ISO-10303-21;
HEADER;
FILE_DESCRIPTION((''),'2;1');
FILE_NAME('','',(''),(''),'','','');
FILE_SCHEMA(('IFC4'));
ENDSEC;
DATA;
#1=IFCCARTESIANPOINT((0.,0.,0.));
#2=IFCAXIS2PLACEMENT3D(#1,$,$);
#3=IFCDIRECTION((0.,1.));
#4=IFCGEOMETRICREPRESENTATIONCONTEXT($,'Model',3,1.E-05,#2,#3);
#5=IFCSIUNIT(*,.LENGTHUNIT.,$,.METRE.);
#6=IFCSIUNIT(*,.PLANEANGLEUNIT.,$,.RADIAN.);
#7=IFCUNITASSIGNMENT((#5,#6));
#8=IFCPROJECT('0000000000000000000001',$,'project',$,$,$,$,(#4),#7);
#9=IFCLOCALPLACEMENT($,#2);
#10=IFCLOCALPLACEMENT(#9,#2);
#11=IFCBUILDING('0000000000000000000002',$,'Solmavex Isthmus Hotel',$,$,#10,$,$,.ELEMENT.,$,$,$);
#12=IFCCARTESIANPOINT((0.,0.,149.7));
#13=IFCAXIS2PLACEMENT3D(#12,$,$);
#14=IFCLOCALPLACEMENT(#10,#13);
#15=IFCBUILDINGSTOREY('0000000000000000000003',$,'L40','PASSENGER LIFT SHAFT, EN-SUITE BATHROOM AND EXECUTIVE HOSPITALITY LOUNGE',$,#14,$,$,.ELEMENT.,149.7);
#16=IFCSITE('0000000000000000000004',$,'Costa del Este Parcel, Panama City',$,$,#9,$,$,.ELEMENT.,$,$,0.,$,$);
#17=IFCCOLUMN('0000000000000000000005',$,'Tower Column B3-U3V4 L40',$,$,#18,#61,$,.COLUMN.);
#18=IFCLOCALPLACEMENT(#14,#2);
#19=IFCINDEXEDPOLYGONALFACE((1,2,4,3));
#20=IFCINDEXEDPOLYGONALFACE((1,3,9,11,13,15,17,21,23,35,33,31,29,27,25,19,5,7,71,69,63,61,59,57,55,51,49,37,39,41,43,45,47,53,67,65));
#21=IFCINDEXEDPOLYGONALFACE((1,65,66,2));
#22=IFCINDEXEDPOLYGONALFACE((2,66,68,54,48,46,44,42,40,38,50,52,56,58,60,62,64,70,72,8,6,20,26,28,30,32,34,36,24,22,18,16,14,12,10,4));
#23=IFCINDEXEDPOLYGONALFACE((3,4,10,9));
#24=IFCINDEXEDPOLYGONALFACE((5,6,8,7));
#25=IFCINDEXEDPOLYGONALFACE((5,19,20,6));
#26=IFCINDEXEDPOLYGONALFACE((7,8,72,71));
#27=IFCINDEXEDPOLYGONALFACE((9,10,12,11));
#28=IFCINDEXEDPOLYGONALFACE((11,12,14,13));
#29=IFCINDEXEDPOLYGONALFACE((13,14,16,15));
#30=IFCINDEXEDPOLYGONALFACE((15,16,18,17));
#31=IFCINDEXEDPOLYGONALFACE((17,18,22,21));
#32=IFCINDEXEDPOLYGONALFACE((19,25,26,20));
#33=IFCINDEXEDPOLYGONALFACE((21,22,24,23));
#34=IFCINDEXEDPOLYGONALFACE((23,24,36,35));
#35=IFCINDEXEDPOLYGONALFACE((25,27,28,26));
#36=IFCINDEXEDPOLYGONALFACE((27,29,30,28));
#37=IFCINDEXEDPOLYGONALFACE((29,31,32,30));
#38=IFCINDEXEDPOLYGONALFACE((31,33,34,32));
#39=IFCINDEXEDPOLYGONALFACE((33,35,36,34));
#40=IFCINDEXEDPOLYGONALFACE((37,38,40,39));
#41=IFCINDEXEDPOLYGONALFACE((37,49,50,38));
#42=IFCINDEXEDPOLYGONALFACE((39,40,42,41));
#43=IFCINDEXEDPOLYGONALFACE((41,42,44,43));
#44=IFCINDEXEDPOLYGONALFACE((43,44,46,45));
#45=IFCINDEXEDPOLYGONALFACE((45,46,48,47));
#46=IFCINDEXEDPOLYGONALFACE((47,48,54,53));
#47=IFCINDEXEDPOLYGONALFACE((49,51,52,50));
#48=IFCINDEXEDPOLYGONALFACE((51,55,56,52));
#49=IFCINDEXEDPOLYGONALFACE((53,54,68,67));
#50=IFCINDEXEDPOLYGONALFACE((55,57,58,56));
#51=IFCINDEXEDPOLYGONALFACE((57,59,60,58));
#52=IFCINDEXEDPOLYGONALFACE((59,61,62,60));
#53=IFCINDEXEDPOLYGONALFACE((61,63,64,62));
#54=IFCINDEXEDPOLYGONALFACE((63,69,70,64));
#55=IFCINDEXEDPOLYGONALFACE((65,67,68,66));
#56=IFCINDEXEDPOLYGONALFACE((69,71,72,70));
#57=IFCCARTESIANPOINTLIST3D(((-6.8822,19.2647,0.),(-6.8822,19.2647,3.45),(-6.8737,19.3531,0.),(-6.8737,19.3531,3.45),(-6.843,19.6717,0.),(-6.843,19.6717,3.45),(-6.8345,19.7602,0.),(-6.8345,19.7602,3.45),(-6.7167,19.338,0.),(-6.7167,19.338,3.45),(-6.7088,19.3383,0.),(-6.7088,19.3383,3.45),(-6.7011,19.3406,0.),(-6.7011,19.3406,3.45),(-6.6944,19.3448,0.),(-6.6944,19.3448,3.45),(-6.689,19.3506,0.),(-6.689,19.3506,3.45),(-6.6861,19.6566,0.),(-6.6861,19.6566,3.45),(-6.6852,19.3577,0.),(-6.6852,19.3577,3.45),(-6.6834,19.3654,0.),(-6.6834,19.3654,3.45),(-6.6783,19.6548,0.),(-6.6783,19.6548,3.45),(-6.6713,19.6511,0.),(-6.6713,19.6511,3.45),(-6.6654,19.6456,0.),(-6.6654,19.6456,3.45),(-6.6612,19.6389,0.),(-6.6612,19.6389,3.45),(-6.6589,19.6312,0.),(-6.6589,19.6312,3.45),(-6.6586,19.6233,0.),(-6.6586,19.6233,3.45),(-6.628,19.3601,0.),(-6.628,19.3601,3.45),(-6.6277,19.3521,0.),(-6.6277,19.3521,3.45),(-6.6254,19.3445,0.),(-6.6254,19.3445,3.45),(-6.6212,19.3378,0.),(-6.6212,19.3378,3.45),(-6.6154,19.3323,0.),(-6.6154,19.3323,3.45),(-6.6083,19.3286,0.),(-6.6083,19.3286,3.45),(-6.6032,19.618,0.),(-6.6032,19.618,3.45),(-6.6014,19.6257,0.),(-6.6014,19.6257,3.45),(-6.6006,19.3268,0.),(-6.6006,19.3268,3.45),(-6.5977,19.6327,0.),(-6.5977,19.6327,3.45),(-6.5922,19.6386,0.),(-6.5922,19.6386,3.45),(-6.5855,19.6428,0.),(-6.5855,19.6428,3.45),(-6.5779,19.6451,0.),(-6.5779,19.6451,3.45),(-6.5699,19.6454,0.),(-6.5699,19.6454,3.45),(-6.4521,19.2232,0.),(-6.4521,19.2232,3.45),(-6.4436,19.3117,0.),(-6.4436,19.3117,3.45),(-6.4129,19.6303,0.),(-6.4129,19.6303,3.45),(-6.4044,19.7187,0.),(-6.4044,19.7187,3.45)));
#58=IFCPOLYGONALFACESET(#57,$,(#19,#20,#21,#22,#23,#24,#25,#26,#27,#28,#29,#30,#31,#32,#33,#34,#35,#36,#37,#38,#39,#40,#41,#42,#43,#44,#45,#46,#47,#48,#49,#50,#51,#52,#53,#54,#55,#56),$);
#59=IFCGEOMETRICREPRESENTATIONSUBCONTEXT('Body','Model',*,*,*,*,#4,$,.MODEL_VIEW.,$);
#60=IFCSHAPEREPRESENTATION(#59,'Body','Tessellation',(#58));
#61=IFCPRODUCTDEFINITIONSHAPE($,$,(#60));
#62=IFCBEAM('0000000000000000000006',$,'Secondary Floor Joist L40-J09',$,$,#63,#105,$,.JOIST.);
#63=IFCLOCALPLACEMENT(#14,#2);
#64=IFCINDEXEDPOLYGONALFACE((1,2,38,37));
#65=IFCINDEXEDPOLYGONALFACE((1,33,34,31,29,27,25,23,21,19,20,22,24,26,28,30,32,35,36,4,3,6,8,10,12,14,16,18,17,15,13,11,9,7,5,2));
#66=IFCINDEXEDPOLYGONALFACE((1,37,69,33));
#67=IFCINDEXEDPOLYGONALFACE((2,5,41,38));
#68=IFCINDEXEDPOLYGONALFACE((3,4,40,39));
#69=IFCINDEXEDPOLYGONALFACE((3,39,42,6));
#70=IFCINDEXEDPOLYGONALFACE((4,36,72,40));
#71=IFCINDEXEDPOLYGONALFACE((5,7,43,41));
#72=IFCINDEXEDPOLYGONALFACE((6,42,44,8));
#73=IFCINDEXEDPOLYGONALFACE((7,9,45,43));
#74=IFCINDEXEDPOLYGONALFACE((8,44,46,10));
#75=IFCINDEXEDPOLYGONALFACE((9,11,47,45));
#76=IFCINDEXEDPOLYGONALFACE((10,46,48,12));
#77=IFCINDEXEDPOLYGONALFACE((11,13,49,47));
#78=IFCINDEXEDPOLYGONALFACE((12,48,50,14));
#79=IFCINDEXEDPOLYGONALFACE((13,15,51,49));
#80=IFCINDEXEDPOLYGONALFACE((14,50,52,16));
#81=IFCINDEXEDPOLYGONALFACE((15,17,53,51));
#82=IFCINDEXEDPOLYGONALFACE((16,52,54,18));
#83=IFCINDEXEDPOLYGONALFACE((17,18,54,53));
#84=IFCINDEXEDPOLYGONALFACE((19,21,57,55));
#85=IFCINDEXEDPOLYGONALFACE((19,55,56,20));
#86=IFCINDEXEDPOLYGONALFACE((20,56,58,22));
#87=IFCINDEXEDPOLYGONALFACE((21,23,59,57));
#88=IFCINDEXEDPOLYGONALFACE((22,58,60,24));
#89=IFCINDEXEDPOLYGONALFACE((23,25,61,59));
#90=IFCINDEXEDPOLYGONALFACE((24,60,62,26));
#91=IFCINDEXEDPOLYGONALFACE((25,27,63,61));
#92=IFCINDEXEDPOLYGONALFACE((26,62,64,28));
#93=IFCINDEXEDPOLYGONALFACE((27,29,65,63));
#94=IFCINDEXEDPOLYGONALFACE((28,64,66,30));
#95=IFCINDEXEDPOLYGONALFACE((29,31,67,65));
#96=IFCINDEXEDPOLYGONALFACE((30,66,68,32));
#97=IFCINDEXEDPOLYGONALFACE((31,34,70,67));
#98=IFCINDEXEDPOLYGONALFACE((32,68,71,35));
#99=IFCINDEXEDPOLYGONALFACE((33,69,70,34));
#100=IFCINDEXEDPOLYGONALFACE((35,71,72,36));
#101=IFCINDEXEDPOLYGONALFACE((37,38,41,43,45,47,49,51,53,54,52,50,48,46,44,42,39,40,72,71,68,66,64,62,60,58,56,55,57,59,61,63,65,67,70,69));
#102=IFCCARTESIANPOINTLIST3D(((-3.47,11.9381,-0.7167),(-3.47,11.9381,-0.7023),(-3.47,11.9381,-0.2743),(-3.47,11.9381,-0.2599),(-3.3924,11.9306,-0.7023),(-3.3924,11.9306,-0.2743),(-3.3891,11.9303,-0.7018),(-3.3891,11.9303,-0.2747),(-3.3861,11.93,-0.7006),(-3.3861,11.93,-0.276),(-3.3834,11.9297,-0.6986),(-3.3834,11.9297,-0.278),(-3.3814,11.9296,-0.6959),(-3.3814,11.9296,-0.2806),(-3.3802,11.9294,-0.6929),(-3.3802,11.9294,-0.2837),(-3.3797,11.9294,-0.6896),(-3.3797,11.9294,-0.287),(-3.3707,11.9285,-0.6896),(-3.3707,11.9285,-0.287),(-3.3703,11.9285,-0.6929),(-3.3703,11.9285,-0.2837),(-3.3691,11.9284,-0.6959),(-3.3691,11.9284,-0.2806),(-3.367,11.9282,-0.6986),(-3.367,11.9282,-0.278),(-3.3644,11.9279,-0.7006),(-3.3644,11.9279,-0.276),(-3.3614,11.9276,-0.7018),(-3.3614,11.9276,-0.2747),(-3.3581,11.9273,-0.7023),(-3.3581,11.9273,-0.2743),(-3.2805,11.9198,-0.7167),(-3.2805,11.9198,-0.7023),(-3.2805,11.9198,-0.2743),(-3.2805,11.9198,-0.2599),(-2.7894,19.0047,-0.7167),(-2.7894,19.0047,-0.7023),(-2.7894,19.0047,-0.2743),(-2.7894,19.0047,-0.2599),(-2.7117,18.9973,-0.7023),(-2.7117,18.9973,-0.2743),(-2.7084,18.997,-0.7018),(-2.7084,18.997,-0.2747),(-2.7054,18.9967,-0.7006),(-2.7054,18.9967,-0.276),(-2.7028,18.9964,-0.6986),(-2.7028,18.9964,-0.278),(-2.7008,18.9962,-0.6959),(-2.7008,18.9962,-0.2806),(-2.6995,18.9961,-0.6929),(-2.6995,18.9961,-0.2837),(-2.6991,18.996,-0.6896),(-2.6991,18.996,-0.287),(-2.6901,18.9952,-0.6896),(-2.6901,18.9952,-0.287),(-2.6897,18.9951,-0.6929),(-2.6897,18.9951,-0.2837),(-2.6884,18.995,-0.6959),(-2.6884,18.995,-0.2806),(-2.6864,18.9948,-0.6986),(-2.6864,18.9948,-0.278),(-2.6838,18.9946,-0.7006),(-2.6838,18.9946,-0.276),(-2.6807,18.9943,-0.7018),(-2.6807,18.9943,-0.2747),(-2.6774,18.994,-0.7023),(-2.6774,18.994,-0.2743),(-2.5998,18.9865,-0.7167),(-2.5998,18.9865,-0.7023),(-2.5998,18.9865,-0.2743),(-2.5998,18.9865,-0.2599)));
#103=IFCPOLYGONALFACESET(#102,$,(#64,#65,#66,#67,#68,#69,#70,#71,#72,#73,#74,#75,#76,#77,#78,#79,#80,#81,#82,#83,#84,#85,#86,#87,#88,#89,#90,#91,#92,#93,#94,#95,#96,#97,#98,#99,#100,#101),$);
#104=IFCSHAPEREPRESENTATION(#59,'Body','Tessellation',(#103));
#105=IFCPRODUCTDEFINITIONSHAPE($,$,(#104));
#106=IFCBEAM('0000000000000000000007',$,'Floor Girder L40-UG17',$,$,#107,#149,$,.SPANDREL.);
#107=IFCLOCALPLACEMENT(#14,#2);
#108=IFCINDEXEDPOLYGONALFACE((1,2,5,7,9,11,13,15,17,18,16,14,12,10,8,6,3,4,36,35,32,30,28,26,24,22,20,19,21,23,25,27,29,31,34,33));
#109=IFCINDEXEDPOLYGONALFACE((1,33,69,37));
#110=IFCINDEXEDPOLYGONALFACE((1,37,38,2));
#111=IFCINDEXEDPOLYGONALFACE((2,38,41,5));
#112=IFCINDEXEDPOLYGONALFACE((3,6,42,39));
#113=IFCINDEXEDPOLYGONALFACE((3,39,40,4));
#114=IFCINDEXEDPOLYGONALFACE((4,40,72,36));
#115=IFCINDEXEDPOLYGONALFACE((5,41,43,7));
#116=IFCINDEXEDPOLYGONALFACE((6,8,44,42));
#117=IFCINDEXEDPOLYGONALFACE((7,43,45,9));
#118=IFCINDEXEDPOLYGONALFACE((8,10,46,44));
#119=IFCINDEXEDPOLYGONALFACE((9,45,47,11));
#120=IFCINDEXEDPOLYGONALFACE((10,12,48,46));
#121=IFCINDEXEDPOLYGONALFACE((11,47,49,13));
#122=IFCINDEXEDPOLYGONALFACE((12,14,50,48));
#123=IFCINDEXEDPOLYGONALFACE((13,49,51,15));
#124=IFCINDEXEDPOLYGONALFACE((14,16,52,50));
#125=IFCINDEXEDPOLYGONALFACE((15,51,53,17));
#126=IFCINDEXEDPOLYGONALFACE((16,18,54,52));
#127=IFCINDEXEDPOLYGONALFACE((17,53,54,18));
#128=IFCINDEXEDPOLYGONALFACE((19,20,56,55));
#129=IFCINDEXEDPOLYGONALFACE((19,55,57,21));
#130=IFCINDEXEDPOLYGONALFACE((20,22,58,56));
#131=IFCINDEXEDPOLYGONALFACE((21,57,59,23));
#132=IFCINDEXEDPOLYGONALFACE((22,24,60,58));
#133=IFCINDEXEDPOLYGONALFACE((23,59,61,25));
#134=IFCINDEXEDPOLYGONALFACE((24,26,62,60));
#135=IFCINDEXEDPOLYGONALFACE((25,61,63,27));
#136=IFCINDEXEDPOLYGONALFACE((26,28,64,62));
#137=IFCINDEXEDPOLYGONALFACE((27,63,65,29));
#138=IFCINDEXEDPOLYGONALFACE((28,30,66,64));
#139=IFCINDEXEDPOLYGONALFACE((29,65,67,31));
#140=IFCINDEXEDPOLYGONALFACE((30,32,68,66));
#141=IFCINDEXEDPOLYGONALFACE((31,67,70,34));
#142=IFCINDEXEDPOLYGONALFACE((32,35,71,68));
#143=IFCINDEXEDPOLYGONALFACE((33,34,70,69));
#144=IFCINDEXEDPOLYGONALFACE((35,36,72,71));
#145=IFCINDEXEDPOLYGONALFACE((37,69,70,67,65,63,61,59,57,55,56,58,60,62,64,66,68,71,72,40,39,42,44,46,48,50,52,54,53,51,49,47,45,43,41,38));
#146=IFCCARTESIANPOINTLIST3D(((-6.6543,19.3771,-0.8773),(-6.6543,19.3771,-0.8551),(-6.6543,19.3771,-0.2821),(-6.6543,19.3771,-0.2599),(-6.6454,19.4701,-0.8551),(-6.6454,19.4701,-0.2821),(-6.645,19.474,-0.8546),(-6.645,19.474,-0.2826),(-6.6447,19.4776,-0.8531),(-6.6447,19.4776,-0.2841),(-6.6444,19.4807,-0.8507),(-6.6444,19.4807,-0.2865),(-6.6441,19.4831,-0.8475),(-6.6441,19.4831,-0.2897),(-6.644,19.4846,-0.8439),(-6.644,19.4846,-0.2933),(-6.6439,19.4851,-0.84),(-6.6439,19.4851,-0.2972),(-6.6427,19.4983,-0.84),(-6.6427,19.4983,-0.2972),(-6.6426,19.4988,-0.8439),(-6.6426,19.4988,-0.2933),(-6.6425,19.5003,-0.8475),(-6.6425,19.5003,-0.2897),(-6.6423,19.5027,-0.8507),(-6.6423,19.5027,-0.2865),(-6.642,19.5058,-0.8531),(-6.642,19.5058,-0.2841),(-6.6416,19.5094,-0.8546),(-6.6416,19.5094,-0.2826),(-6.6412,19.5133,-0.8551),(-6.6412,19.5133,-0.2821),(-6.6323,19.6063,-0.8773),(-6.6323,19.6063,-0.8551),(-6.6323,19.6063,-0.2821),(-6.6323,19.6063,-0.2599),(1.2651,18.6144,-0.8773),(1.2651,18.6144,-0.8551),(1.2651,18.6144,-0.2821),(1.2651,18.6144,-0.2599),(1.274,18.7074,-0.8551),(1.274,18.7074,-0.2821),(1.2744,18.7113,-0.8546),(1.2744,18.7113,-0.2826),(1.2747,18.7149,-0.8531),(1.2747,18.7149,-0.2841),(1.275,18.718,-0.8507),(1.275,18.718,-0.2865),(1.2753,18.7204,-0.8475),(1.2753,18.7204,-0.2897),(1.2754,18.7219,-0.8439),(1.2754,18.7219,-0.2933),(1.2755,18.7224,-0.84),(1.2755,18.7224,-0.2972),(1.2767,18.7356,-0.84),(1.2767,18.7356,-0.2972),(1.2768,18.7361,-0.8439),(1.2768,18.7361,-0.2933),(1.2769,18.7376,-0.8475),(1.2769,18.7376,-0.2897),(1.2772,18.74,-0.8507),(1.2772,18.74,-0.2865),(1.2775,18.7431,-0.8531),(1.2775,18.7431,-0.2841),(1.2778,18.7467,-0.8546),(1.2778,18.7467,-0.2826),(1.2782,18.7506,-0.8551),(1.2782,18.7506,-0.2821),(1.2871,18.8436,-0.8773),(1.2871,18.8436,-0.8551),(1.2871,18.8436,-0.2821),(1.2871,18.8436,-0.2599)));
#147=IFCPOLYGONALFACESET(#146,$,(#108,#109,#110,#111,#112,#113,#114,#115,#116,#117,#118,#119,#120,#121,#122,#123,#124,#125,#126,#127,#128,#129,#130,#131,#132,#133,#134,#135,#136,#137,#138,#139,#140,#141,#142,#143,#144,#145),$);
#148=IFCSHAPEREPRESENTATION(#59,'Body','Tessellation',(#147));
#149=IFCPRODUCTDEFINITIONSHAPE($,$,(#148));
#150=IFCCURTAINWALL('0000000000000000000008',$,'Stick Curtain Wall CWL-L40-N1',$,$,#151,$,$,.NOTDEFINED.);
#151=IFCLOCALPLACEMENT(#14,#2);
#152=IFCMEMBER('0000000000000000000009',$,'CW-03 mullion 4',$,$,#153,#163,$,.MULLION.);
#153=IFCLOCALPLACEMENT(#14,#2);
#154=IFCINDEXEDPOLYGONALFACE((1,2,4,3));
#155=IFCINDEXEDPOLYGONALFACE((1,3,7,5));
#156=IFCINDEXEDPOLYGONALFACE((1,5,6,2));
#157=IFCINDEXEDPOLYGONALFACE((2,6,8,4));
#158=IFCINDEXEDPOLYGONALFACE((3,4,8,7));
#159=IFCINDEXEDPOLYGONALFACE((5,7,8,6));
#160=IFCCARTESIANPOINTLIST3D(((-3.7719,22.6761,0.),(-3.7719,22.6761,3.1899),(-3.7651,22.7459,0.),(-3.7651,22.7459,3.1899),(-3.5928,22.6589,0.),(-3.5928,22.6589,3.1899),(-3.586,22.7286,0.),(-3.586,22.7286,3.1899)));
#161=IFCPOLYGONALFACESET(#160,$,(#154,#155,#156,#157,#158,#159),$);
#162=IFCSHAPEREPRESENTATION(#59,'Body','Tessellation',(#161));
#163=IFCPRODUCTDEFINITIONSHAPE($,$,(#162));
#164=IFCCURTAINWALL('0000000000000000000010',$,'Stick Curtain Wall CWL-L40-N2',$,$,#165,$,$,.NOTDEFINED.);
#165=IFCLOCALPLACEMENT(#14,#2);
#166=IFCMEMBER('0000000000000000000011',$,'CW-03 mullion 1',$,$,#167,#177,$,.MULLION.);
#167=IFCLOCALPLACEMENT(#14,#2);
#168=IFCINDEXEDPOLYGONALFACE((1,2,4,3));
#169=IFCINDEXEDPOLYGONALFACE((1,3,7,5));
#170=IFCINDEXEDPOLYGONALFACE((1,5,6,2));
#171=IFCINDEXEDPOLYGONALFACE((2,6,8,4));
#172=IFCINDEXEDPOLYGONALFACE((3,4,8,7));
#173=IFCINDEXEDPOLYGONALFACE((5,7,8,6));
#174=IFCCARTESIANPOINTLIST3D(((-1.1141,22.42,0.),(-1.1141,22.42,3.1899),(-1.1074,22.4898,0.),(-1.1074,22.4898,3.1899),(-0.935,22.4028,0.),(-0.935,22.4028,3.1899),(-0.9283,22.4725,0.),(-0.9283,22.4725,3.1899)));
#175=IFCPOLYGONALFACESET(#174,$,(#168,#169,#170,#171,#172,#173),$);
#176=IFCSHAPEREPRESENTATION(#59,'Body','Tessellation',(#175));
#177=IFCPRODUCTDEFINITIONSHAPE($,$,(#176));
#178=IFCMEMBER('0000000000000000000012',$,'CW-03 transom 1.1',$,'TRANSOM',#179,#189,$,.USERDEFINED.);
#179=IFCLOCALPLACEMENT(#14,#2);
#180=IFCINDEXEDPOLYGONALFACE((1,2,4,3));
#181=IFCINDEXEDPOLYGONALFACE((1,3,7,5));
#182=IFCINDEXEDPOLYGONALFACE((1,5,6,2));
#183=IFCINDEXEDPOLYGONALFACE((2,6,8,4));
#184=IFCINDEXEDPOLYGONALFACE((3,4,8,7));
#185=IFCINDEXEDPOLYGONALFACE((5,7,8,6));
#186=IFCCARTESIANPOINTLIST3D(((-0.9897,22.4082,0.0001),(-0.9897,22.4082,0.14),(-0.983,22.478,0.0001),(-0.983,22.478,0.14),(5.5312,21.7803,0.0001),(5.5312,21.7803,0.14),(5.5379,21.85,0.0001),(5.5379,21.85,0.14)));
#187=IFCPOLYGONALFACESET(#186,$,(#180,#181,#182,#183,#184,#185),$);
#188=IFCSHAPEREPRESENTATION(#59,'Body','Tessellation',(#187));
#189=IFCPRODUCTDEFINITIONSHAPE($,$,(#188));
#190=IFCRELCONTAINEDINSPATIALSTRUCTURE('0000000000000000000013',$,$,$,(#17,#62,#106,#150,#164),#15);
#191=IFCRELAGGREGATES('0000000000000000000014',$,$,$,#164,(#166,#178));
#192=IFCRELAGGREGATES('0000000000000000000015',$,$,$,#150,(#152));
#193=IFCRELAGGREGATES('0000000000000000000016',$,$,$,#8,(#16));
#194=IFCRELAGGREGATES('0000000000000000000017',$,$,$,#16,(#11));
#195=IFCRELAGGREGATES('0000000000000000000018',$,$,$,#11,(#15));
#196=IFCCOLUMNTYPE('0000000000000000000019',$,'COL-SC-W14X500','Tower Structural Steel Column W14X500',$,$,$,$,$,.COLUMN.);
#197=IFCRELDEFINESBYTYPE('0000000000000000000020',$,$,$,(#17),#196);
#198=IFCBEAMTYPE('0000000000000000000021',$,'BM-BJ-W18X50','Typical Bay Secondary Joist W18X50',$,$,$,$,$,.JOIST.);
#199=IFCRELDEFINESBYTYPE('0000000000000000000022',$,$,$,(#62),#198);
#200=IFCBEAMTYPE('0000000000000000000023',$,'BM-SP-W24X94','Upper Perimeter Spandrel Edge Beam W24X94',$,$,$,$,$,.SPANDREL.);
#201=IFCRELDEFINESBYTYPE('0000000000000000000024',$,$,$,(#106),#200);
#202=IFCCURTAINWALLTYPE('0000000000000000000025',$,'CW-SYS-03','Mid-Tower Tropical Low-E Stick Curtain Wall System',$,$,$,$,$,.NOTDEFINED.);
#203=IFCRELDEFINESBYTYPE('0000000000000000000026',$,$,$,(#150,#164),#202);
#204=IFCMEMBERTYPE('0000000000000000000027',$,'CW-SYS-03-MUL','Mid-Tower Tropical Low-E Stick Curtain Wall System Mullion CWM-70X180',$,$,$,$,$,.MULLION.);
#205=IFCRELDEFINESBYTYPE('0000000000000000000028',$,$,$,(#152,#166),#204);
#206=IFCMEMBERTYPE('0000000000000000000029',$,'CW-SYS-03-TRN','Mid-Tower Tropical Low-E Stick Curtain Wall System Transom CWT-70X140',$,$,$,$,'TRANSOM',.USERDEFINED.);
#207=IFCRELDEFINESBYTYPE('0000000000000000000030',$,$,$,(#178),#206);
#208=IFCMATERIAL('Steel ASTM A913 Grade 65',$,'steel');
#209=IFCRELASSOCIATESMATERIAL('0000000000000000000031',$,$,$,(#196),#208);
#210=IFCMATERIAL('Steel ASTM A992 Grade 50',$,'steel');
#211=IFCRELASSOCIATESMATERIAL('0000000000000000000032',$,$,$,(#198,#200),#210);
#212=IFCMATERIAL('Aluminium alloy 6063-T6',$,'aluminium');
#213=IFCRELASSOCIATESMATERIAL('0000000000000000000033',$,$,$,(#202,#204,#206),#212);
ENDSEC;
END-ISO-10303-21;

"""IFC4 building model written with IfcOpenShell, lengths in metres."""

from ifc_helpers import new_model, si_unit, direction, frame, origin, origin_2d, place, context, subcontext, project, spatial, rectangle, i_section, extrude, material, material_profile, profile_set, type_object, element, aggregate, save


model = new_model("IFC4")

# Units and contexts
model_context = context("Model", 3, precision=1e-05, world=origin(), true_north=direction((0.0, 1.0)))
body_context = subcontext(model_context, "Body", "Model", "MODEL_VIEW")
ifc_project = project(units=[si_unit("LENGTHUNIT", "METRE"), si_unit("PLANEANGLEUNIT", "RADIAN")], contexts=[model_context])

# Site, building, storey
site_placement = place(None, origin())
site = spatial("IfcSite", under=ifc_project, at=site_placement, Name="Costa del Este Parcel, Panama City", CompositionType="ELEMENT", RefElevation=0.0)
building_placement = place(site_placement, origin())
building = spatial("IfcBuilding", under=site, at=building_placement, Name="Solmavex Isthmus Hotel", CompositionType="ELEMENT")
storey_placement = place(building_placement, frame((0.0, 0.0, 149.7)))
storey = spatial("IfcBuildingStorey", under=building, at=storey_placement, Name="L40", Description="PASSENGER LIFT SHAFT, EN-SUITE BATHROOM AND EXECUTIVE HOSPITALITY LOUNGE", CompositionType="ELEMENT", Elevation=149.7)

# Column
ifc_material_1 = material(Name="Steel ASTM A913 Grade 65", Category="steel")
ifc_material_profile_1 = material_profile(ifc_material_1, i_section(OverallWidth=0.4321, OverallDepth=0.4978, WebThickness=0.0557, FlangeThickness=0.0889, FilletRadius=0.0305, at=origin_2d()), Name="W14X500")
ifc_profile_set_1 = profile_set([ifc_material_profile_1], Name="Steel ASTM A913 Grade 65")
column_type = type_object("IfcColumnType", Name="COL-SC-W14X500", Description="Tower Structural Steel Column W14X500", PredefinedType="COLUMN", material=ifc_profile_set_1)
column_placement = place(storey_placement, frame((-6.6433, 19.4917, 0.0), z_axis=(0.0, 0.0, 1.0), x_axis=(0.995396, -0.095846, 0.0)))
element("IfcColumn", 1, at=column_placement, inside=storey, type_object=column_type, Name="Tower Column B3-U3V4 L40", PredefinedType="COLUMN", context=body_context, shape_type="SweptSolid", body=[
    extrude(i_section(OverallWidth=0.4321, OverallDepth=0.4978, WebThickness=0.0557, FlangeThickness=0.0889, FilletRadius=0.0305, at=origin_2d()), origin(), (0.0, 0.0, 1.0), 3.45),
])

# Beams
ifc_material_2 = material(Name="Steel ASTM A992 Grade 50", Category="steel")
ifc_material_profile_2 = material_profile(ifc_material_2, i_section(OverallWidth=0.1904, OverallDepth=0.4568, WebThickness=0.009, FlangeThickness=0.0144, FilletRadius=0.0127, at=origin_2d()), Name="W18X50")
ifc_profile_set_2 = profile_set([ifc_material_profile_2], Name="Steel ASTM A992 Grade 50")
beam_type_1 = type_object("IfcBeamType", Name="BM-BJ-W18X50", Description="Typical Bay Secondary Joist W18X50", PredefinedType="JOIST", material=ifc_profile_set_2)
beam_1_placement = place(storey_placement, frame((-3.3752, 11.929, -0.4883), z_axis=(0.095877, 0.995393, 0.0), x_axis=(-0.995393, 0.095877, 0.0)))
element("IfcBeam", 2, at=beam_1_placement, inside=storey, type_object=beam_type_1, Name="Secondary Floor Joist L40-J09", PredefinedType="JOIST", context=body_context, shape_type="SweptSolid", body=[
    extrude(i_section(OverallWidth=0.1904, OverallDepth=0.4568, WebThickness=0.009, FlangeThickness=0.0144, FilletRadius=0.0127, at=origin_2d()), origin(), (0.0, 0.0, 1.0), 7.0994),
])
ifc_material_profile_3 = material_profile(ifc_material_2, i_section(OverallWidth=0.2302, OverallDepth=0.6174, WebThickness=0.0132, FlangeThickness=0.0222, FilletRadius=0.0151, at=origin_2d()), Name="W24X94")
ifc_profile_set_3 = profile_set([ifc_material_profile_3], Name="Steel ASTM A992 Grade 50")
beam_type_2 = type_object("IfcBeamType", Name="BM-SP-W24X94", Description="Upper Perimeter Spandrel Edge Beam W24X94", PredefinedType="SPANDREL", material=ifc_profile_set_3)
beam_2_placement = place(storey_placement, frame((-6.6433, 19.4917, -0.5686), z_axis=(0.995395, -0.095863, 0.0), x_axis=(0.095863, 0.995395, 0.0)))
element("IfcBeam", 3, at=beam_2_placement, inside=storey, type_object=beam_type_2, Name="Floor Girder L40-UG17", PredefinedType="SPANDREL", context=body_context, shape_type="SweptSolid", body=[
    extrude(i_section(OverallWidth=0.2302, OverallDepth=0.6174, WebThickness=0.0132, FlangeThickness=0.0222, FilletRadius=0.0151, at=origin_2d()), origin(), (0.0, 0.0, 1.0), 7.9561),
])

# Curtain wall, member
ifc_material_3 = material(Name="Aluminium alloy 6063-T6", Category="aluminium")
curtain_wall_type = type_object("IfcCurtainWallType", Name="CW-SYS-03", Description="Mid-Tower Tropical Low-E Stick Curtain Wall System", PredefinedType="NOTDEFINED", material=ifc_material_3)
curtain_wall_1_placement = place(storey_placement, origin())
curtain_wall_1 = element("IfcCurtainWall", 4, at=curtain_wall_1_placement, inside=storey, type_object=curtain_wall_type, Name="Stick Curtain Wall CWL-L40-N1", PredefinedType="NOTDEFINED")
ifc_material_profile_4 = material_profile(ifc_material_3, rectangle(XDim=0.0701, YDim=0.1799, at=origin_2d()), Name="CWM-70X180")
ifc_profile_set_4 = profile_set([ifc_material_profile_4], Name="Aluminium alloy 6063-T6")
member_type_1 = type_object("IfcMemberType", Name="CW-SYS-03-MUL", Description="Mid-Tower Tropical Low-E Stick Curtain Wall System Mullion CWM-70X180", PredefinedType="MULLION", material=ifc_profile_set_4)
member_1_placement = place(storey_placement, frame((-3.679, 22.7024, 0.0), z_axis=(0.0, 0.0, 1.0), x_axis=(0.095846, 0.995396, 0.0)))
member_1 = element("IfcMember", 5, at=member_1_placement, type_object=member_type_1, Name="CW-03 mullion 4", PredefinedType="MULLION", context=body_context, shape_type="SweptSolid", body=[
    extrude(rectangle(XDim=0.0701, YDim=0.1799, at=origin_2d()), origin(), (0.0, 0.0, 1.0), 3.1899),
])

# Curtain wall, members
curtain_wall_2_placement = place(storey_placement, origin())
curtain_wall_2 = element("IfcCurtainWall", 6, at=curtain_wall_2_placement, inside=storey, type_object=curtain_wall_type, Name="Stick Curtain Wall CWL-L40-N2", PredefinedType="NOTDEFINED")
member_2_placement = place(storey_placement, frame((-1.0212, 22.4463, 0.0), z_axis=(0.0, 0.0, 1.0), x_axis=(0.095845, 0.995396, 0.0)))
member_2 = element("IfcMember", 7, at=member_2_placement, type_object=member_type_1, Name="CW-03 mullion 1", PredefinedType="MULLION", context=body_context, shape_type="SweptSolid", body=[
    extrude(rectangle(XDim=0.0701, YDim=0.1799, at=origin_2d()), origin(), (0.0, 0.0, 1.0), 3.1899),
])
ifc_material_profile_5 = material_profile(ifc_material_3, rectangle(XDim=0.0701, YDim=0.1399, at=origin_2d()), Name="CWT-70X140")
ifc_profile_set_5 = profile_set([ifc_material_profile_5], Name="Aluminium alloy 6063-T6")
member_type_2 = type_object("IfcMemberType", Name="CW-SYS-03-TRN", Description="Mid-Tower Tropical Low-E Stick Curtain Wall System Transom CWT-70X140", ElementType="TRANSOM", PredefinedType="USERDEFINED", material=ifc_profile_set_5)
member_3_placement = place(storey_placement, frame((-0.9863, 22.4431, 0.0701), z_axis=(0.995395, -0.095854, 0.0), x_axis=(0.095854, 0.995395, 0.0)))
member_3 = element("IfcMember", 8, at=member_3_placement, type_object=member_type_2, Name="CW-03 transom 1.1", ObjectType="TRANSOM", PredefinedType="USERDEFINED", context=body_context, shape_type="SweptSolid", body=[
    extrude(rectangle(XDim=0.0701, YDim=0.1399, at=origin_2d()), origin(), (0.0, 0.0, 1.0), 6.551),
])
aggregate(curtain_wall_2, [member_2, member_3])

aggregate(curtain_wall_1, [member_1])

save(model, "model.ifc")
